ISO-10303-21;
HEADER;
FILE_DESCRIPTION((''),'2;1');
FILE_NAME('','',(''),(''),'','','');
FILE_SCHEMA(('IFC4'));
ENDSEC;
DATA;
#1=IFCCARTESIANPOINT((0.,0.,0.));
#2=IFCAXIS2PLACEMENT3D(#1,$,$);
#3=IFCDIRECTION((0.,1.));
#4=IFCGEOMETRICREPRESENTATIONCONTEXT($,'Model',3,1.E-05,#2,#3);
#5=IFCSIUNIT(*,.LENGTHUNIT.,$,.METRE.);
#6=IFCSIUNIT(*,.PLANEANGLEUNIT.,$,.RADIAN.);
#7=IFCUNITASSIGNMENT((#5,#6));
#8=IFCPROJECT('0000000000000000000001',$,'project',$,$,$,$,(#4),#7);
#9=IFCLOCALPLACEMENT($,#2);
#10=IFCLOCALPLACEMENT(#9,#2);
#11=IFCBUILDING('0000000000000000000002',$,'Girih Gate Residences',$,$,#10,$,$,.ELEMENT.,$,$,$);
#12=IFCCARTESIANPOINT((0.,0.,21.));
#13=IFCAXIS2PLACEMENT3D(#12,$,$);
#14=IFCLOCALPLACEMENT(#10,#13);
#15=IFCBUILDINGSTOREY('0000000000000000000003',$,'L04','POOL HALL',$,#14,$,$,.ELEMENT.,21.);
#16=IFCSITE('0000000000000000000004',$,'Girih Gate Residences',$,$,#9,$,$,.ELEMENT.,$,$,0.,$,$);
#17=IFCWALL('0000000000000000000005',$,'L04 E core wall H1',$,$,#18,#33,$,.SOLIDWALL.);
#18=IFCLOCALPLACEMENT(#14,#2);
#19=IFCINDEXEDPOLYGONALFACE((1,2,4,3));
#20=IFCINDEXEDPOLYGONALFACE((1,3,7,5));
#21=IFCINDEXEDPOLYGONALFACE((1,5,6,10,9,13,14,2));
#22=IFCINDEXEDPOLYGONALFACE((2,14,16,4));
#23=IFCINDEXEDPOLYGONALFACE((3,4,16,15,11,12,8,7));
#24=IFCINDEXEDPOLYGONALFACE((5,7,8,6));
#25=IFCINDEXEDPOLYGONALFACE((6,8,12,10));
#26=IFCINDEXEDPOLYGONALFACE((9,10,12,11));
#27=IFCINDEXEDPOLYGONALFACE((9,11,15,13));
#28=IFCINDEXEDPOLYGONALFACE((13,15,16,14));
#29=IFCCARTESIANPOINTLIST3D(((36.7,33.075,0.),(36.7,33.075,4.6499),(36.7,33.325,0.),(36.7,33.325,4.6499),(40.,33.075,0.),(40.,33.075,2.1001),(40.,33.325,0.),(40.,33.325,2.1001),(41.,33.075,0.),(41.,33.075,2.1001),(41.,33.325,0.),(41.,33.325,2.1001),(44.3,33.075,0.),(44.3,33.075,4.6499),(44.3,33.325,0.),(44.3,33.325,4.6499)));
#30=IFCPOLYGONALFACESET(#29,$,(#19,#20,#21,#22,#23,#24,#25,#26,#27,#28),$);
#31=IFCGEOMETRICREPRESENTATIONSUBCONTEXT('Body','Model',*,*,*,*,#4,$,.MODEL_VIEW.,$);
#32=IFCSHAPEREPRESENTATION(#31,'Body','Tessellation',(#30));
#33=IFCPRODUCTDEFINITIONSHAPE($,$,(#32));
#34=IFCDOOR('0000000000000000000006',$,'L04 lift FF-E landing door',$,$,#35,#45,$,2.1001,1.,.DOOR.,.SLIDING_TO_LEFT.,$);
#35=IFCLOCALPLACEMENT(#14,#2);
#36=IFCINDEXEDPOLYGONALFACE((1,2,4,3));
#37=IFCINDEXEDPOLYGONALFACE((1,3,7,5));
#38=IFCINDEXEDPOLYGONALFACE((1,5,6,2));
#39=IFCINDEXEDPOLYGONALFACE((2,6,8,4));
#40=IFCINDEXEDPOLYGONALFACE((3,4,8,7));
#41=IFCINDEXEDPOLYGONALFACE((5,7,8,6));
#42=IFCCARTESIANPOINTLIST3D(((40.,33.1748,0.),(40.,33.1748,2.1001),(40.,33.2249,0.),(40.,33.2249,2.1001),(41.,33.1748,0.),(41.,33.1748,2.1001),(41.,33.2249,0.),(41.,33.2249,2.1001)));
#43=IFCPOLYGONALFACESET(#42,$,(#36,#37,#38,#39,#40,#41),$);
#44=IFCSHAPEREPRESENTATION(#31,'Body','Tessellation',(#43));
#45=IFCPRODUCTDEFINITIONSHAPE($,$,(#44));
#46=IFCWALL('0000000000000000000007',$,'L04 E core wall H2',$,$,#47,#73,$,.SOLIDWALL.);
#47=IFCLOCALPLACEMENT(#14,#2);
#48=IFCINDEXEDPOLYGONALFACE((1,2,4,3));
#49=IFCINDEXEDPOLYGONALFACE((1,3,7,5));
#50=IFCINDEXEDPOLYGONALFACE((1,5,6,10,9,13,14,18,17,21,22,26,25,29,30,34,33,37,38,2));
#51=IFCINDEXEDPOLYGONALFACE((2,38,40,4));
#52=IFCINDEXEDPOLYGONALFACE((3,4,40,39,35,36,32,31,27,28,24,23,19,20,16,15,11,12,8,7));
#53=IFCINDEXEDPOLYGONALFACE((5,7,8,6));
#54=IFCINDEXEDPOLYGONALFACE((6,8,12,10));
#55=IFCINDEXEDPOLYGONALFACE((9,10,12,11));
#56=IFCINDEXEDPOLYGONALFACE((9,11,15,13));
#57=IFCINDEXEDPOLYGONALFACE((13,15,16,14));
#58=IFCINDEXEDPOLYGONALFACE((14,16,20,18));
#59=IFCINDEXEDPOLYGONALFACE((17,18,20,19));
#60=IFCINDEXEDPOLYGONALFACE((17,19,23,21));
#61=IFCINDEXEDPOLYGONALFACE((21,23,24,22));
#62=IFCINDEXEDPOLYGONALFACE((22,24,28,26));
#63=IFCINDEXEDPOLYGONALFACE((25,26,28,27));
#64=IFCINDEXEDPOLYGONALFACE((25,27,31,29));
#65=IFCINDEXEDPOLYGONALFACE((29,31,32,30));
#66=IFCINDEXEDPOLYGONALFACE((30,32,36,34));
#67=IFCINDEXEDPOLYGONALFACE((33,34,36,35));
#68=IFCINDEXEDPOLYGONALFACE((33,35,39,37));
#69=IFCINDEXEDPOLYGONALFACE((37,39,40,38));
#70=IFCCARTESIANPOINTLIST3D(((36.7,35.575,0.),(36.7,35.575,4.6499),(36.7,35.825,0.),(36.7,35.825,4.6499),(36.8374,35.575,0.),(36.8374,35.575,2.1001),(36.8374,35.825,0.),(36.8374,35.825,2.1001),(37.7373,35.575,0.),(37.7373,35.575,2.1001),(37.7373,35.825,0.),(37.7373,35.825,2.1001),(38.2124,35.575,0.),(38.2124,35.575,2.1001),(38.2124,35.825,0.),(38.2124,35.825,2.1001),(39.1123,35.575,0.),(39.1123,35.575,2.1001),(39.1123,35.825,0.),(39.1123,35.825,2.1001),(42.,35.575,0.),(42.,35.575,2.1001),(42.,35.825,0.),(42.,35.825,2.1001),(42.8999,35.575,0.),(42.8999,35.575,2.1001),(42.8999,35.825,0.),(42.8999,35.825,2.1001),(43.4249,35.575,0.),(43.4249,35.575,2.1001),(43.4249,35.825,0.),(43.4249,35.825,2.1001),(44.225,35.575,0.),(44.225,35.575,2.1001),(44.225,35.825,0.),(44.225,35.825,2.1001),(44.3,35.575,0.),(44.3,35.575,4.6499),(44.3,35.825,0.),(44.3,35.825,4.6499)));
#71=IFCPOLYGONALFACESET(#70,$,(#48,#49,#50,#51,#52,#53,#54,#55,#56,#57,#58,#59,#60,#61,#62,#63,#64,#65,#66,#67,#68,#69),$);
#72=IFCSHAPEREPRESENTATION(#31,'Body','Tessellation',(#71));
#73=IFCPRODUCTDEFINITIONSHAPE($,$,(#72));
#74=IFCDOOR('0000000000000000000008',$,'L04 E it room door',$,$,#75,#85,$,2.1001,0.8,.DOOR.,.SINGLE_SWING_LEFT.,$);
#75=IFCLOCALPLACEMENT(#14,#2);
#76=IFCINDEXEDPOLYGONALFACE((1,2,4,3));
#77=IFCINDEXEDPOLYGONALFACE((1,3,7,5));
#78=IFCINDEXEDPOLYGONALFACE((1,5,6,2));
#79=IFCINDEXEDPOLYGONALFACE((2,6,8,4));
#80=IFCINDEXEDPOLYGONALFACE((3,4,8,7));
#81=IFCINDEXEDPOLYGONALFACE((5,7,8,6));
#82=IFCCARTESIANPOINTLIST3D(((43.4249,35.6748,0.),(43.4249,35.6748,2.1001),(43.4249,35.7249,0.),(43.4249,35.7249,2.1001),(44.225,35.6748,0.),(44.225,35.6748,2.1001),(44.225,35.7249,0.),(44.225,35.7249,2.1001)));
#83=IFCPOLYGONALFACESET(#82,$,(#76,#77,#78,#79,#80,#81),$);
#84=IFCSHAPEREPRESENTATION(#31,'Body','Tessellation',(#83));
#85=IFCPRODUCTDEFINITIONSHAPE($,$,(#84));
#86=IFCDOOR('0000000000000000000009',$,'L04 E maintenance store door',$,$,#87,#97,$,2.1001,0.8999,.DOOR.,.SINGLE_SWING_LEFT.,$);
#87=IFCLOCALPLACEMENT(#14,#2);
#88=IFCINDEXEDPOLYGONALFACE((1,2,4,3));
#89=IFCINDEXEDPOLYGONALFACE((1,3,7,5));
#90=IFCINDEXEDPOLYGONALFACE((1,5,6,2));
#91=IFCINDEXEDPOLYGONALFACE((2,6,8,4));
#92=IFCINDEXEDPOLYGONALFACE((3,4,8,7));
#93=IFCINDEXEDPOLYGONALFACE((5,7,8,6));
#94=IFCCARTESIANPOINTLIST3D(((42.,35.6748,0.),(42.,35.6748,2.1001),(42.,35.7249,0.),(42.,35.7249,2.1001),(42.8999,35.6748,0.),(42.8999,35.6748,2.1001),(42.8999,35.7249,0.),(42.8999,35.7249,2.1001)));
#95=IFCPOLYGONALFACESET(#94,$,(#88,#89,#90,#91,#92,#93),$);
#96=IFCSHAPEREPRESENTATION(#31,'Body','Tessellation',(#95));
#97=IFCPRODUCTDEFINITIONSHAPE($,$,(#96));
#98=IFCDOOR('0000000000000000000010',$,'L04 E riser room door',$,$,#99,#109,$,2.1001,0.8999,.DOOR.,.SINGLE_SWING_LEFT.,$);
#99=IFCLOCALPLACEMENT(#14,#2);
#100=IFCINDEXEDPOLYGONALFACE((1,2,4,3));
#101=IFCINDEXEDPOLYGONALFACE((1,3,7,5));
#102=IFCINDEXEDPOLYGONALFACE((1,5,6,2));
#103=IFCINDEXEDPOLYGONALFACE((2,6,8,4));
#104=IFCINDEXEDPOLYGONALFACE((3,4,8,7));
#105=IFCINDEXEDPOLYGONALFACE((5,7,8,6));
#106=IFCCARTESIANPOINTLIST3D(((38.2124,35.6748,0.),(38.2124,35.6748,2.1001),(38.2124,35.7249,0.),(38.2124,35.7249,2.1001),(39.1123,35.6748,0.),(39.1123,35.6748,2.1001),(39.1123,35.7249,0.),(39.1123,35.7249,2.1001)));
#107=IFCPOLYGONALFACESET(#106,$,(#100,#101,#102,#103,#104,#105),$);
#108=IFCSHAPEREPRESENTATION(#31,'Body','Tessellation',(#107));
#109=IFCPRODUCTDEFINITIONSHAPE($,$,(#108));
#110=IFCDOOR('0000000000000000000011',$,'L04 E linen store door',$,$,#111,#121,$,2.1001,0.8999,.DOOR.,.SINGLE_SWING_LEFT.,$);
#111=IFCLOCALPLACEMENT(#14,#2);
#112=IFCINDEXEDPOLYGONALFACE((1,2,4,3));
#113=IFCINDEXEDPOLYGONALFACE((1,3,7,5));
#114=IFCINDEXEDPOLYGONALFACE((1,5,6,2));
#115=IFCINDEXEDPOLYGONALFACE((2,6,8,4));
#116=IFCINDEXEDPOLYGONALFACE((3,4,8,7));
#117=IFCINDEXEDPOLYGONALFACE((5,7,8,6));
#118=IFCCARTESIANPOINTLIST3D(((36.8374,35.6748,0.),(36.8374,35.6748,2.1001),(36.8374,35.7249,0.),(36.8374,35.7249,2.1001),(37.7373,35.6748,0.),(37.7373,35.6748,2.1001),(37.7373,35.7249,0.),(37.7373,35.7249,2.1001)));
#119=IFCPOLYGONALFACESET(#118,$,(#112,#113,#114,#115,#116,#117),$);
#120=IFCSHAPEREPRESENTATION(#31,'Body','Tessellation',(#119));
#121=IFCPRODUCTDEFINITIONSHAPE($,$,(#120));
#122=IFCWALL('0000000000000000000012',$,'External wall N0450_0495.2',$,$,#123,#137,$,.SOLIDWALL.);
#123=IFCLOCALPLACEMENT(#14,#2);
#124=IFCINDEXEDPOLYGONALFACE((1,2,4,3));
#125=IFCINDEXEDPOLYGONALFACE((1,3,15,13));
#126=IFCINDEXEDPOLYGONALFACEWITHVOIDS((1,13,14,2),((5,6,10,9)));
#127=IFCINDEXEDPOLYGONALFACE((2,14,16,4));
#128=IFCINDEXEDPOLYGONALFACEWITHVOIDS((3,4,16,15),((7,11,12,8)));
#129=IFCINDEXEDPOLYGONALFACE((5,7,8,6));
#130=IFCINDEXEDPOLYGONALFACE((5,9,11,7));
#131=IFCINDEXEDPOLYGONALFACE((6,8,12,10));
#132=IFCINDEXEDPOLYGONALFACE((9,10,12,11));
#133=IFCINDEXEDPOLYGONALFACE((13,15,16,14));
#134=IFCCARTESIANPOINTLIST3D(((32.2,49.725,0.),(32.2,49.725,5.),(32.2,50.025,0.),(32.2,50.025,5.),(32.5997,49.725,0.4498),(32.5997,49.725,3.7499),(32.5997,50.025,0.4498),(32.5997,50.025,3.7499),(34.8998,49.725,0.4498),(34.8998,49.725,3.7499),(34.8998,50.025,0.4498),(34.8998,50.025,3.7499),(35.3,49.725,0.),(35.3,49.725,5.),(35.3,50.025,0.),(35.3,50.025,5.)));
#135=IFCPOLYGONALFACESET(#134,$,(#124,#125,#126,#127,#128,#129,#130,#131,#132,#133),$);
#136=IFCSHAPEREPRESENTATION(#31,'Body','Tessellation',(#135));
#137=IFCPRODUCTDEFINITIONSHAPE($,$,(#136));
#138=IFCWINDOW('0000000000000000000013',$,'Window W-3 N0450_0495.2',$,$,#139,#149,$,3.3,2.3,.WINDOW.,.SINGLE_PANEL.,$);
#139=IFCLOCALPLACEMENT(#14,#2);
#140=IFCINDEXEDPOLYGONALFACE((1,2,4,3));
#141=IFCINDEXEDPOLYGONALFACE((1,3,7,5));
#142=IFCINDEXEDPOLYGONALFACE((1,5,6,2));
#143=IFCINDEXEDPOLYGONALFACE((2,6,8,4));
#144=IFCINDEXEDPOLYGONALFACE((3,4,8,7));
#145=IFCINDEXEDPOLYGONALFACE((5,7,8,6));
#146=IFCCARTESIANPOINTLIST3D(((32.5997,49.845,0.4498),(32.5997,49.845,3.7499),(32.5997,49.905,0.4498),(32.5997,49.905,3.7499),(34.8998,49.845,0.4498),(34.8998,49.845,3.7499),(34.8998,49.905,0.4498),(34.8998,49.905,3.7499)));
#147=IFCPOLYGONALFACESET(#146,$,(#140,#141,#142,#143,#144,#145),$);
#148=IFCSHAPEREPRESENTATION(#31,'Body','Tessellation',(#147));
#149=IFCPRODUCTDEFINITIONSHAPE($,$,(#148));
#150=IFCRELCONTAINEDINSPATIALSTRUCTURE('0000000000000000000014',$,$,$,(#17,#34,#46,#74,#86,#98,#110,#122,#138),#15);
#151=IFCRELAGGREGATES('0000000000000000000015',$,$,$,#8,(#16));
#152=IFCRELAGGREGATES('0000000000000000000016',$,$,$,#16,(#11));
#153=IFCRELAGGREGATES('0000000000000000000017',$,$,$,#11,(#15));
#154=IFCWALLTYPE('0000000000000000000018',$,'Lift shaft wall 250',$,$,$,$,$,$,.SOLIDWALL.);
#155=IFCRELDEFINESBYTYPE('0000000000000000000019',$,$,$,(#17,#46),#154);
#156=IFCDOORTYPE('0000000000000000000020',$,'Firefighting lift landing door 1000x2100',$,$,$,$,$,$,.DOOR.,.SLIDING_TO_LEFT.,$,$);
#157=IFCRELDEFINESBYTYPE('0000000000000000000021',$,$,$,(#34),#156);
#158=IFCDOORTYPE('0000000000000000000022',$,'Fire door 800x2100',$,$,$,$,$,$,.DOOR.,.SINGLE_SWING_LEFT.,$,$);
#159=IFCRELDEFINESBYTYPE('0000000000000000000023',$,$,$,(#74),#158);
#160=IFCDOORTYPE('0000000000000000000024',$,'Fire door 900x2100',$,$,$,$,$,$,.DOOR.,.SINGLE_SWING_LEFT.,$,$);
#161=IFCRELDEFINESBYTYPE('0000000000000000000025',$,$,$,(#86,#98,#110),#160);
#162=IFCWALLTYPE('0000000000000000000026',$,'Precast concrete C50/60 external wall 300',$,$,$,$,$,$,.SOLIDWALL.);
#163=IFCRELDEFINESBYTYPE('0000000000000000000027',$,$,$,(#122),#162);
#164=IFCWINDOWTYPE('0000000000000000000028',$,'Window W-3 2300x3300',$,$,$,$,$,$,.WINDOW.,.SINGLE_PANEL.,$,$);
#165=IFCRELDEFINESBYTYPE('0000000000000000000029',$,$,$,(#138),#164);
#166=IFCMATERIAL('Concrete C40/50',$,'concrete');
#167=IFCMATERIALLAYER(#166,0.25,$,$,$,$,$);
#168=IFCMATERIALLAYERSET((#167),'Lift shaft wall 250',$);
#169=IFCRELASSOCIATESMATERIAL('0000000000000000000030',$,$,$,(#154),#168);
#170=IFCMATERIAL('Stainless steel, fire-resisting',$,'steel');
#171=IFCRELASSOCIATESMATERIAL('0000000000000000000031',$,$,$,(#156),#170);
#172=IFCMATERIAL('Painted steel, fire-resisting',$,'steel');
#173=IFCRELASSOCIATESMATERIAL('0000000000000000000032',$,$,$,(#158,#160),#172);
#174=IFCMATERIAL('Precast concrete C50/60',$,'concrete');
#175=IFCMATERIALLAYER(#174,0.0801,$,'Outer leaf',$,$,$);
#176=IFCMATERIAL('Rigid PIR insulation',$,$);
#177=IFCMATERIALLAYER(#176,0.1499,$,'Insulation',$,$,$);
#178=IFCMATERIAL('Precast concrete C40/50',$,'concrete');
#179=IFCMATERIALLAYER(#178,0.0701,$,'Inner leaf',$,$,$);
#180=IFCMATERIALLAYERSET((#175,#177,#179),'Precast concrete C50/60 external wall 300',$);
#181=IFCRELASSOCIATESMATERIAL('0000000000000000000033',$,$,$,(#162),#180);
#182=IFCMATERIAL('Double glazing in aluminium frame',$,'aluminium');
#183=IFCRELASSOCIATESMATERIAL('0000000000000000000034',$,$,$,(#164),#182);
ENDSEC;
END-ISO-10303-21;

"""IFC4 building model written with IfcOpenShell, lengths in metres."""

from ifc_helpers import new_model, si_unit, direction, frame, frame_2d, origin, place, context, subcontext, project, spatial, rectangle, extrude, material, layer, layer_set, type_object, element, fill, save


model = new_model("IFC4")

# Units and contexts
model_context = context("Model", 3, precision=1e-05, world=origin(), true_north=direction((0.0, 1.0)))
body_context = subcontext(model_context, "Body", "Model", "MODEL_VIEW")
ifc_project = project(units=[si_unit("LENGTHUNIT", "METRE"), si_unit("PLANEANGLEUNIT", "RADIAN")], contexts=[model_context])

# Site, building, storey
site_placement = place(None, origin())
site = spatial("IfcSite", under=ifc_project, at=site_placement, Name="Girih Gate Residences", CompositionType="ELEMENT", RefElevation=0.0)
building_placement = place(site_placement, origin())
building = spatial("IfcBuilding", under=site, at=building_placement, Name="Girih Gate Residences", CompositionType="ELEMENT")
storey_placement = place(building_placement, frame((0.0, 0.0, 21.0)))
storey = spatial("IfcBuildingStorey", under=building, at=storey_placement, Name="L04", Description="POOL HALL", CompositionType="ELEMENT", Elevation=21.0)

# Wall, opening, door
ifc_material_1 = material(Name="Concrete C40/50", Category="concrete")
ifc_layer_1 = layer(ifc_material_1, 0.25)
ifc_layer_set_1 = layer_set([ifc_layer_1], Name="Lift shaft wall 250")
wall_type_1 = type_object("IfcWallType", Name="Lift shaft wall 250", PredefinedType="SOLIDWALL", material=ifc_layer_set_1)
wall_1_placement = place(storey_placement, frame((36.7, 33.2, 0.0), z_axis=(0.0, 0.0, 1.0), x_axis=(1.0, 0.0, 0.0)))
wall_1 = element("IfcWall", 1, at=wall_1_placement, inside=storey, type_object=wall_type_1, Name="L04 E core wall H1", PredefinedType="SOLIDWALL", context=body_context, shape_type="SweptSolid", body=[
    extrude(rectangle(XDim=7.6001, YDim=0.25, at=frame_2d((3.8, 0.0))), origin(), (0.0, 0.0, 1.0), 4.6499),
])
opening_1_placement = place(wall_1_placement, frame((3.3, 0.0, 0.0)))
opening_1 = element("IfcOpeningElement", 2, at=opening_1_placement, cuts=wall_1, PredefinedType="OPENING", context=body_context, shape_type="SweptSolid", body=[
    extrude(rectangle(XDim=1.0, YDim=2.1001, at=frame_2d((0.5, 1.05))), frame((0.0, 0.135, 0.0), z_axis=(0.0, -1.0, 0.0), x_axis=(1.0, 0.0, 0.0)), (0.0, 0.0, 1.0), 0.27),
])
ifc_material_2 = material(Name="Stainless steel, fire-resisting", Category="steel")
door_type_1 = type_object("IfcDoorType", Name="Firefighting lift landing door 1000x2100", OperationType="SLIDING_TO_LEFT", PredefinedType="DOOR", material=ifc_material_2)
door_1_placement = place(opening_1_placement, origin())
door_1 = element("IfcDoor", 3, at=door_1_placement, inside=storey, type_object=door_type_1, Name="L04 lift FF-E landing door", OperationType="SLIDING_TO_LEFT", OverallHeight=2.1001, OverallWidth=1.0, PredefinedType="DOOR", context=body_context, shape_type="SweptSolid", body=[
    extrude(rectangle(XDim=1.0, YDim=2.1001, at=frame_2d((0.5, 1.05))), frame((0.0, 0.0249, 0.0), z_axis=(0.0, -1.0, 0.0), x_axis=(1.0, 0.0, 0.0)), (0.0, 0.0, 1.0), 0.05),
])
fill(opening_1, door_1)

# Wall, openings, doors
wall_2_placement = place(storey_placement, frame((36.7, 35.7, 0.0), z_axis=(0.0, 0.0, 1.0), x_axis=(1.0, 0.0, 0.0)))
wall_2 = element("IfcWall", 4, at=wall_2_placement, inside=storey, type_object=wall_type_1, Name="L04 E core wall H2", PredefinedType="SOLIDWALL", context=body_context, shape_type="SweptSolid", body=[
    extrude(rectangle(XDim=7.6001, YDim=0.25, at=frame_2d((3.8, 0.0))), origin(), (0.0, 0.0, 1.0), 4.6499),
])
opening_2_placement = place(wall_2_placement, frame((6.7251, 0.0, 0.0)))
opening_2 = element("IfcOpeningElement", 5, at=opening_2_placement, cuts=wall_2, PredefinedType="OPENING", context=body_context, shape_type="SweptSolid", body=[
    extrude(rectangle(XDim=0.8, YDim=2.1001, at=frame_2d((0.3999, 1.05))), frame((0.0, 0.135, 0.0), z_axis=(0.0, -1.0, 0.0), x_axis=(1.0, 0.0, 0.0)), (0.0, 0.0, 1.0), 0.27),
])
opening_3_placement = place(wall_2_placement, frame((5.3, 0.0, 0.0)))
opening_3 = element("IfcOpeningElement", 6, at=opening_3_placement, cuts=wall_2, PredefinedType="OPENING", context=body_context, shape_type="SweptSolid", body=[
    extrude(rectangle(XDim=0.8999, YDim=2.1001, at=frame_2d((0.45, 1.05))), frame((0.0, 0.135, 0.0), z_axis=(0.0, -1.0, 0.0), x_axis=(1.0, 0.0, 0.0)), (0.0, 0.0, 1.0), 0.27),
])
opening_4_placement = place(wall_2_placement, frame((1.5125, 0.0, 0.0)))
opening_4 = element("IfcOpeningElement", 7, at=opening_4_placement, cuts=wall_2, PredefinedType="OPENING", context=body_context, shape_type="SweptSolid", body=[
    extrude(rectangle(XDim=0.8999, YDim=2.1001, at=frame_2d((0.45, 1.05))), frame((0.0, 0.135, 0.0), z_axis=(0.0, -1.0, 0.0), x_axis=(1.0, 0.0, 0.0)), (0.0, 0.0, 1.0), 0.27),
])
opening_5_placement = place(wall_2_placement, frame((0.1375, 0.0, 0.0)))
opening_5 = element("IfcOpeningElement", 8, at=opening_5_placement, cuts=wall_2, PredefinedType="OPENING", context=body_context, shape_type="SweptSolid", body=[
    extrude(rectangle(XDim=0.8999, YDim=2.1001, at=frame_2d((0.45, 1.05))), frame((0.0, 0.135, 0.0), z_axis=(0.0, -1.0, 0.0), x_axis=(1.0, 0.0, 0.0)), (0.0, 0.0, 1.0), 0.27),
])
ifc_material_3 = material(Name="Painted steel, fire-resisting", Category="steel")
door_type_2 = type_object("IfcDoorType", Name="Fire door 800x2100", OperationType="SINGLE_SWING_LEFT", PredefinedType="DOOR", material=ifc_material_3)
door_2_placement = place(opening_2_placement, origin())
door_2 = element("IfcDoor", 9, at=door_2_placement, inside=storey, type_object=door_type_2, Name="L04 E it room door", OperationType="SINGLE_SWING_LEFT", OverallHeight=2.1001, OverallWidth=0.8, PredefinedType="DOOR", context=body_context, shape_type="SweptSolid", body=[
    extrude(rectangle(XDim=0.8, YDim=2.1001, at=frame_2d((0.3999, 1.05))), frame((0.0, 0.0249, 0.0), z_axis=(0.0, -1.0, 0.0), x_axis=(1.0, 0.0, 0.0)), (0.0, 0.0, 1.0), 0.05),
])
fill(opening_2, door_2)
door_type_3 = type_object("IfcDoorType", Name="Fire door 900x2100", OperationType="SINGLE_SWING_LEFT", PredefinedType="DOOR", material=ifc_material_3)
door_3_placement = place(opening_3_placement, origin())
door_3 = element("IfcDoor", 10, at=door_3_placement, inside=storey, type_object=door_type_3, Name="L04 E maintenance store door", OperationType="SINGLE_SWING_LEFT", OverallHeight=2.1001, OverallWidth=0.8999, PredefinedType="DOOR", context=body_context, shape_type="SweptSolid", body=[
    extrude(rectangle(XDim=0.8999, YDim=2.1001, at=frame_2d((0.45, 1.05))), frame((0.0, 0.0249, 0.0), z_axis=(0.0, -1.0, 0.0), x_axis=(1.0, 0.0, 0.0)), (0.0, 0.0, 1.0), 0.05),
])
fill(opening_3, door_3)
door_4_placement = place(opening_4_placement, origin())
door_4 = element("IfcDoor", 11, at=door_4_placement, inside=storey, type_object=door_type_3, Name="L04 E riser room door", OperationType="SINGLE_SWING_LEFT", OverallHeight=2.1001, OverallWidth=0.8999, PredefinedType="DOOR", context=body_context, shape_type="SweptSolid", body=[
    extrude(rectangle(XDim=0.8999, YDim=2.1001, at=frame_2d((0.45, 1.05))), frame((0.0, 0.0249, 0.0), z_axis=(0.0, -1.0, 0.0), x_axis=(1.0, 0.0, 0.0)), (0.0, 0.0, 1.0), 0.05),
])
fill(opening_4, door_4)
door_5_placement = place(opening_5_placement, origin())
door_5 = element("IfcDoor", 12, at=door_5_placement, inside=storey, type_object=door_type_3, Name="L04 E linen store door", OperationType="SINGLE_SWING_LEFT", OverallHeight=2.1001, OverallWidth=0.8999, PredefinedType="DOOR", context=body_context, shape_type="SweptSolid", body=[
    extrude(rectangle(XDim=0.8999, YDim=2.1001, at=frame_2d((0.45, 1.05))), frame((0.0, 0.0249, 0.0), z_axis=(0.0, -1.0, 0.0), x_axis=(1.0, 0.0, 0.0)), (0.0, 0.0, 1.0), 0.05),
])
fill(opening_5, door_5)

# Wall, opening, window
ifc_material_4 = material(Name="Precast concrete C50/60", Category="concrete")
ifc_layer_2 = layer(ifc_material_4, 0.0801, Name="Outer leaf")
ifc_material_5 = material(Name="Rigid PIR insulation")
ifc_layer_3 = layer(ifc_material_5, 0.1499, Name="Insulation")
ifc_material_6 = material(Name="Precast concrete C40/50", Category="concrete")
ifc_layer_4 = layer(ifc_material_6, 0.0701, Name="Inner leaf")
ifc_layer_set_2 = layer_set([ifc_layer_2, ifc_layer_3, ifc_layer_4], Name="Precast concrete C50/60 external wall 300")
wall_type_2 = type_object("IfcWallType", Name="Precast concrete C50/60 external wall 300", PredefinedType="SOLIDWALL", material=ifc_layer_set_2)
wall_3_placement = place(storey_placement, frame((32.2, 49.875, 0.0), z_axis=(0.0, 0.0, 1.0), x_axis=(1.0, 0.0, 0.0)))
wall_3 = element("IfcWall", 13, at=wall_3_placement, inside=storey, type_object=wall_type_2, Name="External wall N0450_0495.2", PredefinedType="SOLIDWALL", context=body_context, shape_type="SweptSolid", body=[
    extrude(rectangle(XDim=3.1001, YDim=0.3, at=frame_2d((1.55, 0.0))), origin(), (0.0, 0.0, 1.0), 5.0),
])
opening_6_placement = place(wall_3_placement, frame((0.3999, 0.0, 0.45)))
opening_6 = element("IfcOpeningElement", 14, at=opening_6_placement, cuts=wall_3, PredefinedType="OPENING", context=body_context, shape_type="SweptSolid", body=[
    extrude(rectangle(XDim=2.3, YDim=3.3, at=frame_2d((1.1499, 1.6499))), frame((0.0, 0.1599, 0.0), z_axis=(0.0, -1.0, 0.0), x_axis=(1.0, 0.0, 0.0)), (0.0, 0.0, 1.0), 0.3201),
])
ifc_material_7 = material(Name="Double glazing in aluminium frame", Category="aluminium")
window_type = type_object("IfcWindowType", Name="Window W-3 2300x3300", PartitioningType="SINGLE_PANEL", PredefinedType="WINDOW", material=ifc_material_7)
window_placement = place(opening_6_placement, origin())
window = element("IfcWindow", 15, at=window_placement, inside=storey, type_object=window_type, Name="Window W-3 N0450_0495.2", OverallHeight=3.3, OverallWidth=2.3, PartitioningType="SINGLE_PANEL", PredefinedType="WINDOW", context=body_context, shape_type="SweptSolid", body=[
    extrude(rectangle(XDim=2.3, YDim=3.3, at=frame_2d((1.1499, 1.6499))), frame((0.0, 0.03, 0.0), z_axis=(0.0, -1.0, 0.0), x_axis=(1.0, 0.0, 0.0)), (0.0, 0.0, 1.0), 0.0601),
])
fill(opening_6, window)

save(model, "model.ifc")
